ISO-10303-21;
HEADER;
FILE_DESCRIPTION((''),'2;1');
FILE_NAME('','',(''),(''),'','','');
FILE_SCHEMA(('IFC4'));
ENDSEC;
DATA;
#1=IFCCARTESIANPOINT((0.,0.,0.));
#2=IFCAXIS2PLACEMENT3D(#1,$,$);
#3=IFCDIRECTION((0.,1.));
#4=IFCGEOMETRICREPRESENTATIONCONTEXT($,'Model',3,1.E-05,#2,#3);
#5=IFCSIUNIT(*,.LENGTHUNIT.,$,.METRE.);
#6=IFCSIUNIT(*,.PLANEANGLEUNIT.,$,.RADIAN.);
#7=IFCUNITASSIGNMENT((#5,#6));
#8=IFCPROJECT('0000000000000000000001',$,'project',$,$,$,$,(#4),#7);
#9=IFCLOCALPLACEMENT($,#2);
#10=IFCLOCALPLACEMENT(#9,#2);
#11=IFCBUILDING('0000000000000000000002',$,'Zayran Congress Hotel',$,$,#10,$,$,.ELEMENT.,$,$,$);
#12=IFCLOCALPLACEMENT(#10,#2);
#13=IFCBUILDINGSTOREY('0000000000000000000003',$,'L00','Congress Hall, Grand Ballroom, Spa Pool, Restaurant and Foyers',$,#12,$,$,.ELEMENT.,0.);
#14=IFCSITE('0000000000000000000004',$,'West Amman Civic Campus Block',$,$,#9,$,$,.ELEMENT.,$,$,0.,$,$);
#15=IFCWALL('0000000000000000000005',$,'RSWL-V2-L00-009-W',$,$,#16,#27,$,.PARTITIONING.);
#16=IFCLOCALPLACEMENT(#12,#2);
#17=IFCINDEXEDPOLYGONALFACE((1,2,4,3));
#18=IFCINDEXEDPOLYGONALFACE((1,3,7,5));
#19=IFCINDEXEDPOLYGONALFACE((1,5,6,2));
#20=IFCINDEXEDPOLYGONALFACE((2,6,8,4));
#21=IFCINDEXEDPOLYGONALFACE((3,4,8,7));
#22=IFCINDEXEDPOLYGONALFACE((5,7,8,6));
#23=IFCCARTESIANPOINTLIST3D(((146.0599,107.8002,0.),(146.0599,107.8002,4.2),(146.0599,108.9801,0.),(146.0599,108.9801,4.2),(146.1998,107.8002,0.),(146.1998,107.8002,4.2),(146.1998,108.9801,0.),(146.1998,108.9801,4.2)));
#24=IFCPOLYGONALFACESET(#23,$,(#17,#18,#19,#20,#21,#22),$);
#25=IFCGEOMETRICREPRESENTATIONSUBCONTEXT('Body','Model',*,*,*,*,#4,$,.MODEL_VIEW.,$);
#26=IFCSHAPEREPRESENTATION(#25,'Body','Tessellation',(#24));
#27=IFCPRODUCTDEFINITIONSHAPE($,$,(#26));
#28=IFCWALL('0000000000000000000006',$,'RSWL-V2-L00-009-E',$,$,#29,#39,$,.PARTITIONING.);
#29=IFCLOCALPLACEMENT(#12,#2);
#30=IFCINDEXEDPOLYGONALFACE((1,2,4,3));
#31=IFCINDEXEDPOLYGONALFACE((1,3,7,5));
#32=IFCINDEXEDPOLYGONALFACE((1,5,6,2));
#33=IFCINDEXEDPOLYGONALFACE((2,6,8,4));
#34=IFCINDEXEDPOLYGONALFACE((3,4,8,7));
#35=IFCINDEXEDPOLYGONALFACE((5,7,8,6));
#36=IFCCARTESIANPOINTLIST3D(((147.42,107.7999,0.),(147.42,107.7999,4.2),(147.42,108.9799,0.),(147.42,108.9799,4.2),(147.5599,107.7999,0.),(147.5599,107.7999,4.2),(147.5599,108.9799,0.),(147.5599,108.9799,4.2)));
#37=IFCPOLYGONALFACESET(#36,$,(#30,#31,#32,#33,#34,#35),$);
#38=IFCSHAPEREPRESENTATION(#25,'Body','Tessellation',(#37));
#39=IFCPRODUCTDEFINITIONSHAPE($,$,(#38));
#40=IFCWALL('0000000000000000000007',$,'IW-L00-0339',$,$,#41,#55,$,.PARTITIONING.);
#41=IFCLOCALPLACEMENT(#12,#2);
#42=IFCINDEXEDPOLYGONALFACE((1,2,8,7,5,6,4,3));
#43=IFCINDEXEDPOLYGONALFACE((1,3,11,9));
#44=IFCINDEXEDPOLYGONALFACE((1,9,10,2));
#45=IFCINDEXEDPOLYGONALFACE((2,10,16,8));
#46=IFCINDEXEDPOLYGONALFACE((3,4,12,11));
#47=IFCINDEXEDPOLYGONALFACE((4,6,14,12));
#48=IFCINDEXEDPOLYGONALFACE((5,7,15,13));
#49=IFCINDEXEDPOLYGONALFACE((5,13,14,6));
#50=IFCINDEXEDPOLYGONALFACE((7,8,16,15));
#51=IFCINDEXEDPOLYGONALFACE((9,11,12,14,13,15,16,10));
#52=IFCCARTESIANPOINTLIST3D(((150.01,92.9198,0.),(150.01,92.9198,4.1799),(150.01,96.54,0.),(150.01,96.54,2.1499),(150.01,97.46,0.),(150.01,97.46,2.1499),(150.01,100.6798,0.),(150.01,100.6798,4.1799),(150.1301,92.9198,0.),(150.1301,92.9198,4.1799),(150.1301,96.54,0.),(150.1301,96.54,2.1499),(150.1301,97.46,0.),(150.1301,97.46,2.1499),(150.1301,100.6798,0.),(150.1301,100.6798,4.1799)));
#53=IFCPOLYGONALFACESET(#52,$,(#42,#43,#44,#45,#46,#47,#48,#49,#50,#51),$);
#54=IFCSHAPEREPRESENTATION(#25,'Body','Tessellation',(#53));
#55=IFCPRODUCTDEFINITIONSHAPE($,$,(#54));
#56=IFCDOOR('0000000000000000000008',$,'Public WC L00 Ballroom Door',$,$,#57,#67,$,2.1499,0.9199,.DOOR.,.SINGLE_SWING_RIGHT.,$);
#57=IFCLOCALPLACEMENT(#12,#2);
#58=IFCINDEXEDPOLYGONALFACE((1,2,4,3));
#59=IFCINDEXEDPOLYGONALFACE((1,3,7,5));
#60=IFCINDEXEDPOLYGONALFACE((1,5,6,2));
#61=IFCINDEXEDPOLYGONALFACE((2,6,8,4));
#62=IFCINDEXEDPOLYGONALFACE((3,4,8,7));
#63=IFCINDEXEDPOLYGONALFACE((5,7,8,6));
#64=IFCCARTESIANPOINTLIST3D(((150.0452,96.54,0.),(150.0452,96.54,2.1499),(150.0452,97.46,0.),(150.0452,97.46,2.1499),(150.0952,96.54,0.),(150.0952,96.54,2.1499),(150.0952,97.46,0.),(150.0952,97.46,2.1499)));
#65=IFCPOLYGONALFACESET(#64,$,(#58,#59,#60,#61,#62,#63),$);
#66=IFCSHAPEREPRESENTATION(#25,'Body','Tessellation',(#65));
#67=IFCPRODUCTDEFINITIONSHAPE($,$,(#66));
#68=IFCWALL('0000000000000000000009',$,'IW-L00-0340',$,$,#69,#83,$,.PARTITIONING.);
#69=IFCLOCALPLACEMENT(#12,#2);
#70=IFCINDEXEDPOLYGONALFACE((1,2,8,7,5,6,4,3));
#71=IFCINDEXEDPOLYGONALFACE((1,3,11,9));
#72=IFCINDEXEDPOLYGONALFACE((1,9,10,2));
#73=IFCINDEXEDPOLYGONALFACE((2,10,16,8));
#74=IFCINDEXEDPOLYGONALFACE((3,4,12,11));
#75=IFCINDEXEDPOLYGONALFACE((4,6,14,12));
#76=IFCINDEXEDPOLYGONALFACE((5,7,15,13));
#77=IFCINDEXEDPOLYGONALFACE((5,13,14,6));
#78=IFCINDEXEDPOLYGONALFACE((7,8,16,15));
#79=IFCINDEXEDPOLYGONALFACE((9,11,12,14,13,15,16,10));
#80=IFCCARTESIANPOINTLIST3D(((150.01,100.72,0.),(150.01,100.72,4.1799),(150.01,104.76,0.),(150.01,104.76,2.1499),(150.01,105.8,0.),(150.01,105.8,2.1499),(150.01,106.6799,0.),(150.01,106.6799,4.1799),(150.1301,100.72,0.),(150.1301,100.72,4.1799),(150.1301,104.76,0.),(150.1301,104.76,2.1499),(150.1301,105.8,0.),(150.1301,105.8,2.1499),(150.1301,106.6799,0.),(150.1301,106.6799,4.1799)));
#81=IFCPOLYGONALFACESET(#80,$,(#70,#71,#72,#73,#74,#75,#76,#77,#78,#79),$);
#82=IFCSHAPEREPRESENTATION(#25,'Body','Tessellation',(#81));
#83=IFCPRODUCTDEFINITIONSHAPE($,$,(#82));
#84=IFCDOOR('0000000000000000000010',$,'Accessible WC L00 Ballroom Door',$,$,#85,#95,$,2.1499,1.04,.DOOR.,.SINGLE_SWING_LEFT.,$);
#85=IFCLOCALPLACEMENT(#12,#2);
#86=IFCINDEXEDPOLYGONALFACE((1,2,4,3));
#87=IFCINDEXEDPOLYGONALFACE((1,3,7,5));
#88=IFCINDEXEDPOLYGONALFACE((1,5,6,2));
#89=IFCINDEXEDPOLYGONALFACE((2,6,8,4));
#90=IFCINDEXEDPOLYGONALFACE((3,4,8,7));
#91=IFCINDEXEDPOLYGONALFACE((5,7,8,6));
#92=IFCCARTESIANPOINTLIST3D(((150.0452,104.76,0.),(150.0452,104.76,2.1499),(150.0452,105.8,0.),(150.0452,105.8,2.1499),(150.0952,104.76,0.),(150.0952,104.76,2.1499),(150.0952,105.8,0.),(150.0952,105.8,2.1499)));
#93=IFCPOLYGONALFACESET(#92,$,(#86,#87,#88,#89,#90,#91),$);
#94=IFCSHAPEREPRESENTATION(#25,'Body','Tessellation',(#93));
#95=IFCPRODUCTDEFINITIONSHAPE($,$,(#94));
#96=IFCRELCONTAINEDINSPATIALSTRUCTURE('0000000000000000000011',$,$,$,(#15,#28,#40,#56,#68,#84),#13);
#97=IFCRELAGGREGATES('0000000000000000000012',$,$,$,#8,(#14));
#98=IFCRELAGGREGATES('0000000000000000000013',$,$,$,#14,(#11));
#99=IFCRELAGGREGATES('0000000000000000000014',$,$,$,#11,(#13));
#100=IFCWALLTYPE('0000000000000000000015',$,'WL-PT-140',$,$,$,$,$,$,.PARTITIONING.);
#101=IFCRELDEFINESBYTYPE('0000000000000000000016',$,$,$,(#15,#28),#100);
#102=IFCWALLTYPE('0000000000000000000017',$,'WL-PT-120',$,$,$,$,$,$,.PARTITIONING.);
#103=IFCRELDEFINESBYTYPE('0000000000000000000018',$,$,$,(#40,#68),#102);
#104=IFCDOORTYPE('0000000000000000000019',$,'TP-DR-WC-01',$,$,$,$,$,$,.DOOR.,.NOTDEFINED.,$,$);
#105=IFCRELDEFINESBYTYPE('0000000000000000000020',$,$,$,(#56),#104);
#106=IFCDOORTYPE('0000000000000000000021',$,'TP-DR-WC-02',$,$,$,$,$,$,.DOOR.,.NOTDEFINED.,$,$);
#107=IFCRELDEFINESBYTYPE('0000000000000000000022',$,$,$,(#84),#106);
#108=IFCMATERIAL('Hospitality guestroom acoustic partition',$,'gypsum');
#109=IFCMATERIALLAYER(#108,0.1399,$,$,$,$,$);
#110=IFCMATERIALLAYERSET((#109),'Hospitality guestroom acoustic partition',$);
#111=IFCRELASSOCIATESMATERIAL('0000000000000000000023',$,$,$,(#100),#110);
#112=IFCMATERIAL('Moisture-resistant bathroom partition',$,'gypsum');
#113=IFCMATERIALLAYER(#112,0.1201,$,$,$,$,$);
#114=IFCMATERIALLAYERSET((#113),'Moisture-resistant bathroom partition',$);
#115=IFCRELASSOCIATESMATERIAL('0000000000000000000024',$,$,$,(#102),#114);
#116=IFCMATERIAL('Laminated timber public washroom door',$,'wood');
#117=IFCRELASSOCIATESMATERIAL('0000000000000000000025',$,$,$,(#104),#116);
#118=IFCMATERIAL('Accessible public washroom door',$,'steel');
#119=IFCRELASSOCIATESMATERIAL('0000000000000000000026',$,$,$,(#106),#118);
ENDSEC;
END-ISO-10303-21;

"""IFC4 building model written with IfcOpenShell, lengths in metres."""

from ifc_helpers import new_model, si_unit, direction, frame, frame_2d, origin, place, context, subcontext, project, spatial, rectangle, extrude, material, layer, layer_set, type_object, element, fill, save


model = new_model("IFC4")

# Units and contexts
model_context = context("Model", 3, precision=1e-05, world=origin(), true_north=direction((0.0, 1.0)))
body_context = subcontext(model_context, "Body", "Model", "MODEL_VIEW")
ifc_project = project(units=[si_unit("LENGTHUNIT", "METRE"), si_unit("PLANEANGLEUNIT", "RADIAN")], contexts=[model_context])

# Site, building, storey
site_placement = place(None, origin())
site = spatial("IfcSite", under=ifc_project, at=site_placement, Name="West Amman Civic Campus Block", CompositionType="ELEMENT", RefElevation=0.0)
building_placement = place(site_placement, origin())
building = spatial("IfcBuilding", under=site, at=building_placement, Name="Zayran Congress Hotel", CompositionType="ELEMENT")
storey_placement = place(building_placement, origin())
storey = spatial("IfcBuildingStorey", under=building, at=storey_placement, Name="L00", Description="Congress Hall, Grand Ballroom, Spa Pool, Restaurant and Foyers", CompositionType="ELEMENT", Elevation=0.0)

# Walls
ifc_material_1 = material(Name="Hospitality guestroom acoustic partition", Category="gypsum")
ifc_layer_1 = layer(ifc_material_1, 0.1399)
ifc_layer_set_1 = layer_set([ifc_layer_1], Name="Hospitality guestroom acoustic partition")
wall_type_1 = type_object("IfcWallType", Name="WL-PT-140", PredefinedType="PARTITIONING", material=ifc_layer_set_1)
for number, where, z_axis, x_axis, name in (
    (1, (146.1299, 108.98, 0.0), (0.0, 0.0, 1.0), (0.0, -1.0, 0.0), "RSWL-V2-L00-009-W"),
    (2, (147.49, 107.8, 0.0), (0.0, 0.0, 1.0), (0.0, 1.0, 0.0), "RSWL-V2-L00-009-E"),
):
    element("IfcWall", number, at=place(storey_placement, frame(where, z_axis=z_axis, x_axis=x_axis)), inside=storey, type_object=wall_type_1, Name=name, PredefinedType="PARTITIONING", context=body_context, shape_type="SweptSolid", body=[
        extrude(rectangle(XDim=1.1799, YDim=0.1399, at=frame_2d((0.5898, 0.0))), origin(), (0.0, 0.0, 1.0), 4.2),
    ])

# Walls, openings, doors
ifc_material_2 = material(Name="Moisture-resistant bathroom partition", Category="gypsum")
ifc_layer_2 = layer(ifc_material_2, 0.1201)
ifc_layer_set_2 = layer_set([ifc_layer_2], Name="Moisture-resistant bathroom partition")
wall_type_2 = type_object("IfcWallType", Name="WL-PT-120", PredefinedType="PARTITIONING", material=ifc_layer_set_2)
wall_1_placement = place(storey_placement, frame((150.0701, 92.9199, 0.0), z_axis=(0.0, 0.0, 1.0), x_axis=(0.0, 1.0, 0.0)))
wall_1 = element("IfcWall", 3, at=wall_1_placement, inside=storey, type_object=wall_type_2, Name="IW-L00-0339", PredefinedType="PARTITIONING", context=body_context, shape_type="SweptSolid", body=[
    extrude(rectangle(XDim=7.76, YDim=0.1201, at=frame_2d((3.8799, 0.0))), origin(), (0.0, 0.0, 1.0), 4.1799),
])
opening_1_placement = place(wall_1_placement, frame((3.6201, 0.0, 0.0)))
opening_1 = element("IfcOpeningElement", 4, at=opening_1_placement, cuts=wall_1, PredefinedType="OPENING", context=body_context, shape_type="SweptSolid", body=[
    extrude(rectangle(XDim=0.9199, YDim=2.1499, at=frame_2d((0.46, 1.075))), frame((0.0, 0.0701, 0.0), z_axis=(0.0, -1.0, 0.0), x_axis=(1.0, 0.0, 0.0)), (0.0, 0.0, 1.0), 0.1401),
])
ifc_material_3 = material(Name="Laminated timber public washroom door", Category="wood")
door_type_1 = type_object("IfcDoorType", Name="TP-DR-WC-01", OperationType="NOTDEFINED", PredefinedType="DOOR", material=ifc_material_3)
door_1_placement = place(opening_1_placement, origin())
door_1 = element("IfcDoor", 5, at=door_1_placement, inside=storey, type_object=door_type_1, Name="Public WC L00 Ballroom Door", OperationType="SINGLE_SWING_RIGHT", OverallHeight=2.1499, OverallWidth=0.9199, PredefinedType="DOOR", context=body_context, shape_type="SweptSolid", body=[
    extrude(rectangle(XDim=0.9199, YDim=2.1499, at=frame_2d((0.46, 1.075))), frame((0.0, 0.0249, 0.0), z_axis=(0.0, -1.0, 0.0), x_axis=(1.0, 0.0, 0.0)), (0.0, 0.0, 1.0), 0.05),
])
fill(opening_1, door_1)
wall_2_placement = place(storey_placement, frame((150.0701, 100.72, 0.0), z_axis=(0.0, 0.0, 1.0), x_axis=(0.0, 1.0, 0.0)))
wall_2 = element("IfcWall", 6, at=wall_2_placement, inside=storey, type_object=wall_type_2, Name="IW-L00-0340", PredefinedType="PARTITIONING", context=body_context, shape_type="SweptSolid", body=[
    extrude(rectangle(XDim=5.96, YDim=0.1201, at=frame_2d((2.98, 0.0))), origin(), (0.0, 0.0, 1.0), 4.1799),
])
opening_2_placement = place(wall_2_placement, frame((4.04, 0.0, 0.0)))
opening_2 = element("IfcOpeningElement", 7, at=opening_2_placement, cuts=wall_2, PredefinedType="OPENING", context=body_context, shape_type="SweptSolid", body=[
    extrude(rectangle(XDim=1.04, YDim=2.1499, at=frame_2d((0.52, 1.075))), frame((0.0, 0.0701, 0.0), z_axis=(0.0, -1.0, 0.0), x_axis=(1.0, 0.0, 0.0)), (0.0, 0.0, 1.0), 0.1401),
])
ifc_material_4 = material(Name="Accessible public washroom door", Category="steel")
door_type_2 = type_object("IfcDoorType", Name="TP-DR-WC-02", OperationType="NOTDEFINED", PredefinedType="DOOR", material=ifc_material_4)
door_2_placement = place(opening_2_placement, origin())
door_2 = element("IfcDoor", 8, at=door_2_placement, inside=storey, type_object=door_type_2, Name="Accessible WC L00 Ballroom Door", OperationType="SINGLE_SWING_LEFT", OverallHeight=2.1499, OverallWidth=1.04, PredefinedType="DOOR", context=body_context, shape_type="SweptSolid", body=[
    extrude(rectangle(XDim=1.04, YDim=2.1499, at=frame_2d((0.52, 1.075))), frame((0.0, 0.0249, 0.0), z_axis=(0.0, -1.0, 0.0), x_axis=(1.0, 0.0, 0.0)), (0.0, 0.0, 1.0), 0.05),
])
fill(opening_2, door_2)

save(model, "model.ifc")
